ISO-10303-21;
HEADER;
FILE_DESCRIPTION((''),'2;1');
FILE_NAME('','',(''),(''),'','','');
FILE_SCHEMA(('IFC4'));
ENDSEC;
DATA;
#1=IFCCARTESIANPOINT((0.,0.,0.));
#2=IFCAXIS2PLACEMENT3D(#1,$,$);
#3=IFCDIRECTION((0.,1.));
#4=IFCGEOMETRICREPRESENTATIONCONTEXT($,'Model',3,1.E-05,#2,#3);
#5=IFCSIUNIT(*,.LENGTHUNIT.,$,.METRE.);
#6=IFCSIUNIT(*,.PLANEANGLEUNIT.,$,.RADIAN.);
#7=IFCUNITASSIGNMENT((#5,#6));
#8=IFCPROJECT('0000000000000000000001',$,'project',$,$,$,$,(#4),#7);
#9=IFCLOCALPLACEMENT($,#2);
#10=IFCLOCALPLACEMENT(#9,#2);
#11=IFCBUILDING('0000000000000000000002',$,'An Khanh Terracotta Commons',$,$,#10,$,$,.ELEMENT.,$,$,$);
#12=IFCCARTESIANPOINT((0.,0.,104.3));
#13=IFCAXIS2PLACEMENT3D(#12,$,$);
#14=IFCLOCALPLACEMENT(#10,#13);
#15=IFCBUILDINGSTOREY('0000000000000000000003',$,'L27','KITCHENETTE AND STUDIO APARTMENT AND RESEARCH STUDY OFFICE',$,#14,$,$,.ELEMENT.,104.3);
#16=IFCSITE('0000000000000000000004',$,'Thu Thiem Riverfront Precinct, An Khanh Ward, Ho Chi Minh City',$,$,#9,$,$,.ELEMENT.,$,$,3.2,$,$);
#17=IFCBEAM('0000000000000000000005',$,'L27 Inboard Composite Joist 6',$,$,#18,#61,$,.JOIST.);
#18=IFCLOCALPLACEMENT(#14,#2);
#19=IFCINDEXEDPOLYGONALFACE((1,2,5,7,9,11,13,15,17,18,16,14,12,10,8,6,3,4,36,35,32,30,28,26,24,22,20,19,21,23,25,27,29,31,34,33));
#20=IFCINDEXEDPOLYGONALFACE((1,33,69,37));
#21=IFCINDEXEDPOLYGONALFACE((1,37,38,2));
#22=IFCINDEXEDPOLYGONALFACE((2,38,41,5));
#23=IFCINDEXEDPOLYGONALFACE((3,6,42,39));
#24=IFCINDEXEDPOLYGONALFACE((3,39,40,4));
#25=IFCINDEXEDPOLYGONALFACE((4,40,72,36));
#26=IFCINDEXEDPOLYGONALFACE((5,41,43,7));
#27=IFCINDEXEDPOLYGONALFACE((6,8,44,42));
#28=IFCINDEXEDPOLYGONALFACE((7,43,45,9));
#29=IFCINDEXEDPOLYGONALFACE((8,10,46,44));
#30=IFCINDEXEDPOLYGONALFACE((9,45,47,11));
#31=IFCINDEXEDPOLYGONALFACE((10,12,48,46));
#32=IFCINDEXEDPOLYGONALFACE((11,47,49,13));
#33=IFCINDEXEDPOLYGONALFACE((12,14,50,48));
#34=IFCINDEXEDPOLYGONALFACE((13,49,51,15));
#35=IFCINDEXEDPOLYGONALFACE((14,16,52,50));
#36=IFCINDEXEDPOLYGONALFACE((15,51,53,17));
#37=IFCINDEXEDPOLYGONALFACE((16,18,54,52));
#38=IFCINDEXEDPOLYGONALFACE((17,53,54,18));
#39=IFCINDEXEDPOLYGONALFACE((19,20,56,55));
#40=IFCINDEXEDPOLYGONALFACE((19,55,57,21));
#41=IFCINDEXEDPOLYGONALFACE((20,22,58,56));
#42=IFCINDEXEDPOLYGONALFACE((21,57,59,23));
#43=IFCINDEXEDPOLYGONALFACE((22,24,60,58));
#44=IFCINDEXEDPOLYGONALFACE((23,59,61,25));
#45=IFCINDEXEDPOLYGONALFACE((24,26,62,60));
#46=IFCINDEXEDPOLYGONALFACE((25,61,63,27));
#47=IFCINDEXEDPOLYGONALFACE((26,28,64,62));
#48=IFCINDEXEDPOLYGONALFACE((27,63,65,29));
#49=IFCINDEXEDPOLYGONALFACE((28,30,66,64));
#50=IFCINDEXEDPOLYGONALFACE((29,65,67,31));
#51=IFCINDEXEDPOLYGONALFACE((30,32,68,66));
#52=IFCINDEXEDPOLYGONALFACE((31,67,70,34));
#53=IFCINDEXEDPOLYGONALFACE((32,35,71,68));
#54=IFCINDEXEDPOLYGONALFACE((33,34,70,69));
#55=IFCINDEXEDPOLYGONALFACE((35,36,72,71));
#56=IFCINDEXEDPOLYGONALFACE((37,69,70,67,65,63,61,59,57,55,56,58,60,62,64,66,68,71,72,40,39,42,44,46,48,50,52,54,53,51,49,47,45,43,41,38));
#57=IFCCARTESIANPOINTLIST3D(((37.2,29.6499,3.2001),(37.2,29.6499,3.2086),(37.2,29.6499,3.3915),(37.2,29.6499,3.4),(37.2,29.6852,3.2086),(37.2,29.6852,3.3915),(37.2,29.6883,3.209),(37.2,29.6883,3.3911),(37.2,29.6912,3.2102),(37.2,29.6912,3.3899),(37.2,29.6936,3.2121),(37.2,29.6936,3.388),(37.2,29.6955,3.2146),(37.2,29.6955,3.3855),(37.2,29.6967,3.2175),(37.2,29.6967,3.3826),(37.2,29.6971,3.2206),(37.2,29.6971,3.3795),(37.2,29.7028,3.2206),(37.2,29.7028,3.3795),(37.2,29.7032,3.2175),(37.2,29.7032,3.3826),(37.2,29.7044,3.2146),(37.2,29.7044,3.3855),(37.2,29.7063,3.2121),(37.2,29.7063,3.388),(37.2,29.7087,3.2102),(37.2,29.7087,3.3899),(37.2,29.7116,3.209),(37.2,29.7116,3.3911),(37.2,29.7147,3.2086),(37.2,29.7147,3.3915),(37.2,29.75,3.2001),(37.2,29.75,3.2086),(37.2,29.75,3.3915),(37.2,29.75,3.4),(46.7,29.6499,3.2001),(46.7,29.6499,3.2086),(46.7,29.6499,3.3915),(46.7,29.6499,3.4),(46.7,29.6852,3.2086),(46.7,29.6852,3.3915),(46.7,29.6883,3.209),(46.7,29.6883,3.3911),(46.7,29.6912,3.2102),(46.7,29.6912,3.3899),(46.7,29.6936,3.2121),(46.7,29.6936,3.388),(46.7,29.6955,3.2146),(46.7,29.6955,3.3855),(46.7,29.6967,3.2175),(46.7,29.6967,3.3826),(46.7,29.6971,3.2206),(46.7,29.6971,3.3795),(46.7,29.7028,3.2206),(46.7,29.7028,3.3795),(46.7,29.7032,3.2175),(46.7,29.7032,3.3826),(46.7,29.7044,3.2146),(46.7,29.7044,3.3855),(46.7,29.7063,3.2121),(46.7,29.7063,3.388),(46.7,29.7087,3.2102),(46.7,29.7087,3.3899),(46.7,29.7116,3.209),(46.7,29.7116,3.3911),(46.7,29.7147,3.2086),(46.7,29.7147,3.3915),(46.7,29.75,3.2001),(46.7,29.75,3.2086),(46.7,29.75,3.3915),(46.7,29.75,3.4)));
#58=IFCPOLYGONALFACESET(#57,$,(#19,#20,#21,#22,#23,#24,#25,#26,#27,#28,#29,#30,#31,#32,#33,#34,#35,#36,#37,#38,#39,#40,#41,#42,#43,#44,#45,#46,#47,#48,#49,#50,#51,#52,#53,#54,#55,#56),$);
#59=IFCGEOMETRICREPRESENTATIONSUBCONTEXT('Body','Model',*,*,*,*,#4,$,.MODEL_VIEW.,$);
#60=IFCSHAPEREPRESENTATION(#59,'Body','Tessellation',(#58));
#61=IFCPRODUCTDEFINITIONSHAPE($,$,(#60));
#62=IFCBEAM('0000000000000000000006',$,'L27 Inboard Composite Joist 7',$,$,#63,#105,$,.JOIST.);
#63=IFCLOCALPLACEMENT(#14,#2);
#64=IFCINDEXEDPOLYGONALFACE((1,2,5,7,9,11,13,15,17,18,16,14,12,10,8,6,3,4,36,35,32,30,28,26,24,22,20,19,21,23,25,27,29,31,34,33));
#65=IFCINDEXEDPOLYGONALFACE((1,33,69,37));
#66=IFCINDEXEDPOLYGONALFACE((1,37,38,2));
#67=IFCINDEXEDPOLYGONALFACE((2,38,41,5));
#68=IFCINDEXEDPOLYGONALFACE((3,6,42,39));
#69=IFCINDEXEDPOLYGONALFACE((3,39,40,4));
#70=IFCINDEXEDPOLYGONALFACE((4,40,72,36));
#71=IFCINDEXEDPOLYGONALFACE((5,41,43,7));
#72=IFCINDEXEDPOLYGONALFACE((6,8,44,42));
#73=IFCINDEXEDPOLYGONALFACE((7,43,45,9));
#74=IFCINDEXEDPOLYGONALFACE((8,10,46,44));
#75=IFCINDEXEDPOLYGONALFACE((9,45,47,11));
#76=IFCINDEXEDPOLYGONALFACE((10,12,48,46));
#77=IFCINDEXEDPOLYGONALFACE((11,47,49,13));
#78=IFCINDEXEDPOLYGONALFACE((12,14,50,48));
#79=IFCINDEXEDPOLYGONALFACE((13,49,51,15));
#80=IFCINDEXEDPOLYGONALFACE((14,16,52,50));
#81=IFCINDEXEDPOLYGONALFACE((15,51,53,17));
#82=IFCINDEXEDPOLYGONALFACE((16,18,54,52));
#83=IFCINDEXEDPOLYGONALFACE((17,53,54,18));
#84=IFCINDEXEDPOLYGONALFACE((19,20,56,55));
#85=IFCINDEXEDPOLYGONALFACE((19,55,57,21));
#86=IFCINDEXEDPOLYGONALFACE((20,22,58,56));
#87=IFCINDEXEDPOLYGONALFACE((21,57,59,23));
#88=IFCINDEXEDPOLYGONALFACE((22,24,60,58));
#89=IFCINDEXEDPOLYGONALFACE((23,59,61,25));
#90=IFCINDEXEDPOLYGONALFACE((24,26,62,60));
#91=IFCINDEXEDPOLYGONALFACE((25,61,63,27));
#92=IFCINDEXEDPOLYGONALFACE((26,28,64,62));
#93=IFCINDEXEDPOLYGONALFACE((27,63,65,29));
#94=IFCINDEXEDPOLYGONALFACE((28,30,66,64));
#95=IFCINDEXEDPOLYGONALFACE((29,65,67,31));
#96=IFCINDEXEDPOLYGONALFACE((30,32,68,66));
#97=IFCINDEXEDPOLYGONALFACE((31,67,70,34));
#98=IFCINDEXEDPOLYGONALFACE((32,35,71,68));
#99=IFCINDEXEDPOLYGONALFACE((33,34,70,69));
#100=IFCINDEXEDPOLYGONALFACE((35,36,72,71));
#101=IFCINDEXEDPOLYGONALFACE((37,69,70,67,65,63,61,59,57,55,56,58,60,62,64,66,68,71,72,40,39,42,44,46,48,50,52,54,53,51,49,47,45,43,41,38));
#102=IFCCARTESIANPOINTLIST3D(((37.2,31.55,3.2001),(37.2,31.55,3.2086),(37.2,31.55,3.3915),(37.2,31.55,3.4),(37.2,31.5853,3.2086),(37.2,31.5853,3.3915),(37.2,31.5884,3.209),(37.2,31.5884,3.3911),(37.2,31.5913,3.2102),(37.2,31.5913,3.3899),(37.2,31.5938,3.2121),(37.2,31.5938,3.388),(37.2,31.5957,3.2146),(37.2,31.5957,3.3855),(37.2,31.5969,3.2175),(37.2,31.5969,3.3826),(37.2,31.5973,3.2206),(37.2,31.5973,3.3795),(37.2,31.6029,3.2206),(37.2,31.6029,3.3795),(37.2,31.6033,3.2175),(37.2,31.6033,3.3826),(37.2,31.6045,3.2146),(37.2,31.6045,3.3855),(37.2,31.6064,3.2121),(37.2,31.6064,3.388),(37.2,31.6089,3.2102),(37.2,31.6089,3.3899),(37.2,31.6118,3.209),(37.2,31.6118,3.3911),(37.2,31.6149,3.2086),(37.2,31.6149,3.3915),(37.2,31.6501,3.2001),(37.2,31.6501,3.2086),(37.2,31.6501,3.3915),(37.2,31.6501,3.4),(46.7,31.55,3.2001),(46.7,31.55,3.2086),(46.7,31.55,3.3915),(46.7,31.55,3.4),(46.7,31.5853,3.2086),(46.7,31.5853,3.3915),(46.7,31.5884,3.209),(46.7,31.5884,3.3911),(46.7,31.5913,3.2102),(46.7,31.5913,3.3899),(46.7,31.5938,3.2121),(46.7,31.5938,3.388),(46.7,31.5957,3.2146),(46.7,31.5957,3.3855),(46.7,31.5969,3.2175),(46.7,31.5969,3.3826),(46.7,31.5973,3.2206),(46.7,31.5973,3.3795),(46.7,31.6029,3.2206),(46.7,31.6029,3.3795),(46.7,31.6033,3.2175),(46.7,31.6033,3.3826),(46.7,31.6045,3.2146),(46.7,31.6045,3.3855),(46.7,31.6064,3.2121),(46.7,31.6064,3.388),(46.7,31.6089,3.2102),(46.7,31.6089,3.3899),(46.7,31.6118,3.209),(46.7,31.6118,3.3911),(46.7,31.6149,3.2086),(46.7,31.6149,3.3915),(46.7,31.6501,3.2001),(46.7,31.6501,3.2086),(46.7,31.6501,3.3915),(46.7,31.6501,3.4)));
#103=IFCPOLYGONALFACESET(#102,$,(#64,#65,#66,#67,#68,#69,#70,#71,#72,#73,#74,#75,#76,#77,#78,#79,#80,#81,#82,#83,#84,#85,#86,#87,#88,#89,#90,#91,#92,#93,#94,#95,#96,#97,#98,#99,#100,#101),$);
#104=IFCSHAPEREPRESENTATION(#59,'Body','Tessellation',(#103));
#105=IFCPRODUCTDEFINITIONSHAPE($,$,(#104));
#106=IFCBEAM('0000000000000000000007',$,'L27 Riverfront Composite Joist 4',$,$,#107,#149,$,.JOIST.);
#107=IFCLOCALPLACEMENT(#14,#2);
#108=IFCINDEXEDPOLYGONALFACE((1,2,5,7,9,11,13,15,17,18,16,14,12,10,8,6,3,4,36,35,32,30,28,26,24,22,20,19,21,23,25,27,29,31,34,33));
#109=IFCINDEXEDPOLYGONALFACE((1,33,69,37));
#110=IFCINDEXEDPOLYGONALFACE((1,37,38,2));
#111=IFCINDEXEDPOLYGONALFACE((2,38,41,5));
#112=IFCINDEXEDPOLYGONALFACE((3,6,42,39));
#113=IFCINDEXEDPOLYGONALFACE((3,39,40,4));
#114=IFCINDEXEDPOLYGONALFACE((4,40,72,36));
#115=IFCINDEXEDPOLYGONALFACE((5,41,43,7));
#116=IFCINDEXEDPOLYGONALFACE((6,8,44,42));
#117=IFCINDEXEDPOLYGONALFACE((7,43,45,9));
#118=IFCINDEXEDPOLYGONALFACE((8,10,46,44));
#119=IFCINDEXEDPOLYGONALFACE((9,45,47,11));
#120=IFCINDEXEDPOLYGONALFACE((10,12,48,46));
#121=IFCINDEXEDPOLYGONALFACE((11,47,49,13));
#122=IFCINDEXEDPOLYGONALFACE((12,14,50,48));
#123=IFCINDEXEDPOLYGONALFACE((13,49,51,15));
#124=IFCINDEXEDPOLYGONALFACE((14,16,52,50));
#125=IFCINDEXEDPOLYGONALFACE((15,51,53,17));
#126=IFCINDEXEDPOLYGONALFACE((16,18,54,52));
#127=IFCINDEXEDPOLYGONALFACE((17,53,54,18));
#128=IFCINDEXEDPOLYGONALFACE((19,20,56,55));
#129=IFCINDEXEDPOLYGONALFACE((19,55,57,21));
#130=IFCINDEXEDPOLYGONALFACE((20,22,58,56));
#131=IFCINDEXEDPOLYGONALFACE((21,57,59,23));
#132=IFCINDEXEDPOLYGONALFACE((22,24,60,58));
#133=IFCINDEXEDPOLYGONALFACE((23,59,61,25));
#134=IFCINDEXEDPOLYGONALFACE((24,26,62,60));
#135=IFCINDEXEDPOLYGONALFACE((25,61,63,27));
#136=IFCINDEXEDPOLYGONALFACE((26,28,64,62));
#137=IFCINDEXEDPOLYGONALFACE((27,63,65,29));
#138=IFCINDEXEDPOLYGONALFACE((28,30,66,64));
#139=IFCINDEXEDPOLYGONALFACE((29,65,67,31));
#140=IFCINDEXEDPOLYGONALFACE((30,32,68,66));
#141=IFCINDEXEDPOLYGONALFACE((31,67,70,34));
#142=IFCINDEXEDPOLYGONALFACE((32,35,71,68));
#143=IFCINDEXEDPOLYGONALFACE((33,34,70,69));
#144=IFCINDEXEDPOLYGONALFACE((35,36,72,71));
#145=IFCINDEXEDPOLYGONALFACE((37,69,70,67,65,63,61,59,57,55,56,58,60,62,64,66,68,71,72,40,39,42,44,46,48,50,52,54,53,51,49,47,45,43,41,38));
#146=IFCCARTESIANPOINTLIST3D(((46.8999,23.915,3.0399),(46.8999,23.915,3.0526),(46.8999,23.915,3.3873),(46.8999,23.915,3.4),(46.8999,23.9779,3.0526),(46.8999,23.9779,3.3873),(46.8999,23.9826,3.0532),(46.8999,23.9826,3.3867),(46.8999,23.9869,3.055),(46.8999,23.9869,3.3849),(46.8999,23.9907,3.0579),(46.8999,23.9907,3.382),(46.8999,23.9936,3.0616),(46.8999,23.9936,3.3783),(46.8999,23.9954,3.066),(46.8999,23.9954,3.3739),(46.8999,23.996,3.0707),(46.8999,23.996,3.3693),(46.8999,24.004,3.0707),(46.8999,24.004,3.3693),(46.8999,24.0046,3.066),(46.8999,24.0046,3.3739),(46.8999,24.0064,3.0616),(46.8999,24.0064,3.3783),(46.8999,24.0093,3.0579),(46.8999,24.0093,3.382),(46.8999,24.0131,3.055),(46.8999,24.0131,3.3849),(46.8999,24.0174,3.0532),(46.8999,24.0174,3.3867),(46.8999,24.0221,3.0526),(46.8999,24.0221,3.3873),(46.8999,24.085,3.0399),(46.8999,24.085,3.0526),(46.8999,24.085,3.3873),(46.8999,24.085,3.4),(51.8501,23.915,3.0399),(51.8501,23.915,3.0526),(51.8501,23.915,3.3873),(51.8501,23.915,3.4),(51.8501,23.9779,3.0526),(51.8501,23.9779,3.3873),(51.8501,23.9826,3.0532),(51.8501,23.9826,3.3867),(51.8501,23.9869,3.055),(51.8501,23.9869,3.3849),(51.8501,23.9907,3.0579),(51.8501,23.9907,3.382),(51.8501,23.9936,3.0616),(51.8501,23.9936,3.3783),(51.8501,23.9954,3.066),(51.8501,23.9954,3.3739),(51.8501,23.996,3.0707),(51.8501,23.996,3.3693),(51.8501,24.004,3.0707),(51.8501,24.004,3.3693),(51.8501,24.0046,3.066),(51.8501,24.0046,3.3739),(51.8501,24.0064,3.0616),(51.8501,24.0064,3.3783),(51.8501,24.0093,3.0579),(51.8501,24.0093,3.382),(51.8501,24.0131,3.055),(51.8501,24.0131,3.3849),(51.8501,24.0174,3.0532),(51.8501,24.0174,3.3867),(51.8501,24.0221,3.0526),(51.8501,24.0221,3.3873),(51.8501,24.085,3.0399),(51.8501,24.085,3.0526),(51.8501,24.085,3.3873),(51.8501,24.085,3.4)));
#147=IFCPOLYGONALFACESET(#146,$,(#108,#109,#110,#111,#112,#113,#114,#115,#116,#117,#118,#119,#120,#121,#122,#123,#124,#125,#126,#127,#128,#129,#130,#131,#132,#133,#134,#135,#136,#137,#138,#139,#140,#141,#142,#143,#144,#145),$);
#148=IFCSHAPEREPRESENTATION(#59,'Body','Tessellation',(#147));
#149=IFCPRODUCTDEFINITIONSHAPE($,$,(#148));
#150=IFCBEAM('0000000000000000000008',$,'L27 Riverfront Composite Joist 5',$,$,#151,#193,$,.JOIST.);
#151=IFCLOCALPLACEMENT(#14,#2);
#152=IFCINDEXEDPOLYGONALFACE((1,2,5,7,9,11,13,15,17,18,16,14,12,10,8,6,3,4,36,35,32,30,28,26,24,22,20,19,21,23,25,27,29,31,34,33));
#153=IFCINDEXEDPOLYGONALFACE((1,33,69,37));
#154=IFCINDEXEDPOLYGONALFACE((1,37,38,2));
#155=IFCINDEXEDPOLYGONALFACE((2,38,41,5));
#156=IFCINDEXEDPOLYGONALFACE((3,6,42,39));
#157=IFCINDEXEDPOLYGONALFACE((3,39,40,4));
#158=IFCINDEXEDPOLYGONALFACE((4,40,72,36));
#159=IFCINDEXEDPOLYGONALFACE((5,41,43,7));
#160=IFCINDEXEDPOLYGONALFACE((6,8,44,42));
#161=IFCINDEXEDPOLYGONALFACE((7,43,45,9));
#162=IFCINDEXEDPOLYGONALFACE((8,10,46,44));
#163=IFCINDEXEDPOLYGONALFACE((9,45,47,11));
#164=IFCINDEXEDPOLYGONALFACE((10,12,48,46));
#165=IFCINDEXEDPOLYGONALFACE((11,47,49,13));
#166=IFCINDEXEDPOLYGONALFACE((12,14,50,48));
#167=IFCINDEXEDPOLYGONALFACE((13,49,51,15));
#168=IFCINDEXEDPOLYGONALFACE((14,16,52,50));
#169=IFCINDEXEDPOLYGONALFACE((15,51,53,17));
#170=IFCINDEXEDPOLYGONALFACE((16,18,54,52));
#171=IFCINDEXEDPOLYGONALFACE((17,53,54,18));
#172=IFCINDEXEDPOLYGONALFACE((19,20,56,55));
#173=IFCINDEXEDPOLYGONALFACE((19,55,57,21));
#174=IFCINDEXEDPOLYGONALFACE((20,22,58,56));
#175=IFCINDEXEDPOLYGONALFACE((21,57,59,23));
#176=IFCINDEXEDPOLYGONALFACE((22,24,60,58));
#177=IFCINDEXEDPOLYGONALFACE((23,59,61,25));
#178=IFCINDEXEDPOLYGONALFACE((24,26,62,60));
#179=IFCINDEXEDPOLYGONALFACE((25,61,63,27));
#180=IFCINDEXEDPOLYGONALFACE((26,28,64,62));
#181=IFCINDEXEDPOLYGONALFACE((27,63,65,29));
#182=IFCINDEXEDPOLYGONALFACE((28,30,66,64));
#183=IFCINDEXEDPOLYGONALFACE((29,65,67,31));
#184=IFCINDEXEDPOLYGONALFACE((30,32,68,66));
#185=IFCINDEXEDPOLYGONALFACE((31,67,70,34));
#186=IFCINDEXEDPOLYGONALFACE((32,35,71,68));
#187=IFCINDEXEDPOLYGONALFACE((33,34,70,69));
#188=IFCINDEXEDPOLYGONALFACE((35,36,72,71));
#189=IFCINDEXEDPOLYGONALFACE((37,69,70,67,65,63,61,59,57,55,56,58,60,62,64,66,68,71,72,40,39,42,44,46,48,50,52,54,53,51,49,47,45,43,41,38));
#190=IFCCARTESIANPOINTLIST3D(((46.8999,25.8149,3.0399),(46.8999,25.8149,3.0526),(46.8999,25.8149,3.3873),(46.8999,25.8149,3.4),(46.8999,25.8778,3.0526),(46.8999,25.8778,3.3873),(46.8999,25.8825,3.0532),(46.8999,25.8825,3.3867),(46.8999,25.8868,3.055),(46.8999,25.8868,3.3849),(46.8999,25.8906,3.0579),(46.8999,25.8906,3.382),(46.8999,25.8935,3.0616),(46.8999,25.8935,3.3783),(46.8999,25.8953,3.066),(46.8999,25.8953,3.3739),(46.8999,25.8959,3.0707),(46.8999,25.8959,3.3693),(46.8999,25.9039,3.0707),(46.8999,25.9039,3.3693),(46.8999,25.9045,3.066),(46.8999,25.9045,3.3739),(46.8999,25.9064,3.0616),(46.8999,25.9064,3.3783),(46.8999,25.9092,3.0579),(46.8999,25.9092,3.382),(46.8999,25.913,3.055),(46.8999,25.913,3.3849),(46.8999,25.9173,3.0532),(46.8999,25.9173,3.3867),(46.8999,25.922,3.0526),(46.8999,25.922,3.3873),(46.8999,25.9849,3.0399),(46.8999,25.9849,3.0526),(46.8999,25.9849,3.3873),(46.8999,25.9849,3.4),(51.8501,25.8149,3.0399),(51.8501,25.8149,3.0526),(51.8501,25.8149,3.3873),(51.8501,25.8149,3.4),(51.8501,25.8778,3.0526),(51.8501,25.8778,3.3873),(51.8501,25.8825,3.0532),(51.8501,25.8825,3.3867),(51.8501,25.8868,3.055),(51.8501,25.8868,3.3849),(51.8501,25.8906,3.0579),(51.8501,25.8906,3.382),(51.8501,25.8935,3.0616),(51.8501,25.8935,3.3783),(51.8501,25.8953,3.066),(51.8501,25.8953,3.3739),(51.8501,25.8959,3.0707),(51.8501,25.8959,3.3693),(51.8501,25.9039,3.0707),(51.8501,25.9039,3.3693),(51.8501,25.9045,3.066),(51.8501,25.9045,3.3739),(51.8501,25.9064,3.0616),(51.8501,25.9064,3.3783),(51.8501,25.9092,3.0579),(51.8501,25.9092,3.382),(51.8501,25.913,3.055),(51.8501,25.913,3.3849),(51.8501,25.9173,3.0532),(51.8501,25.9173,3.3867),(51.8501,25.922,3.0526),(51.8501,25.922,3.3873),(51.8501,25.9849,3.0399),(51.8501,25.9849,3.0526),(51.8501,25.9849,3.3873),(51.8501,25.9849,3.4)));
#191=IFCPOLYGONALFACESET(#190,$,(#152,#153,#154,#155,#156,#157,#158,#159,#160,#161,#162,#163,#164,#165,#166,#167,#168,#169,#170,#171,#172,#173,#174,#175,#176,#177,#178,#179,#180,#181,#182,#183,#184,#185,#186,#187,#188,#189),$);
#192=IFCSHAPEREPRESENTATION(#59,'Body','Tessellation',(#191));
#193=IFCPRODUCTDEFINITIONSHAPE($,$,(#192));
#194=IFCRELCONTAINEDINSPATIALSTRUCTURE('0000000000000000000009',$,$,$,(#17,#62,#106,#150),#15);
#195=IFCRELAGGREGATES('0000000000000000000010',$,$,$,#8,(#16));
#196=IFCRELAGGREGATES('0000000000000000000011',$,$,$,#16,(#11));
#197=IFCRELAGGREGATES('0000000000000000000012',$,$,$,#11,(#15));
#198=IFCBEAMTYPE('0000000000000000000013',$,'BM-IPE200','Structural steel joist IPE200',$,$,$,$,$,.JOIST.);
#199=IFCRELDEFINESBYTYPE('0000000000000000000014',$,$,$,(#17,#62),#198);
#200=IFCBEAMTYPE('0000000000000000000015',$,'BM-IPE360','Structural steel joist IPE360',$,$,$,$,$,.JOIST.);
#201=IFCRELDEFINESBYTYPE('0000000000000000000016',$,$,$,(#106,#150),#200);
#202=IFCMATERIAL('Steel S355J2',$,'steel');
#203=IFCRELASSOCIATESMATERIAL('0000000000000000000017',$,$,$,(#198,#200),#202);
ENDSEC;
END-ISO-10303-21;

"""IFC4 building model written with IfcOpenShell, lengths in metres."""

from ifc_helpers import new_model, si_unit, direction, frame, origin, origin_2d, place, context, subcontext, project, spatial, i_section, extrude, material, material_profile, profile_set, type_object, element, save


model = new_model("IFC4")

# Units and contexts
model_context = context("Model", 3, precision=1e-05, world=origin(), true_north=direction((0.0, 1.0)))
body_context = subcontext(model_context, "Body", "Model", "MODEL_VIEW")
ifc_project = project(units=[si_unit("LENGTHUNIT", "METRE"), si_unit("PLANEANGLEUNIT", "RADIAN")], contexts=[model_context])

# Site, building, storey
site_placement = place(None, origin())
site = spatial("IfcSite", under=ifc_project, at=site_placement, Name="Thu Thiem Riverfront Precinct, An Khanh Ward, Ho Chi Minh City", CompositionType="ELEMENT", RefElevation=3.2)
building_placement = place(site_placement, origin())
building = spatial("IfcBuilding", under=site, at=building_placement, Name="An Khanh Terracotta Commons", CompositionType="ELEMENT")
storey_placement = place(building_placement, frame((0.0, 0.0, 104.3)))
storey = spatial("IfcBuildingStorey", under=building, at=storey_placement, Name="L27", Description="KITCHENETTE AND STUDIO APARTMENT AND RESEARCH STUDY OFFICE", CompositionType="ELEMENT", Elevation=104.3)

# Beams
ifc_material_1 = material(Name="Steel S355J2", Category="steel")
ifc_material_profile_1 = material_profile(ifc_material_1, i_section(OverallWidth=0.1001, OverallDepth=0.2, WebThickness=0.0056, FlangeThickness=0.0085, FilletRadius=0.012, at=origin_2d()), Name="IPE200")
ifc_profile_set_1 = profile_set([ifc_material_profile_1], Name="Steel S355J2")
beam_type_1 = type_object("IfcBeamType", Name="BM-IPE200", Description="Structural steel joist IPE200", PredefinedType="JOIST", material=ifc_profile_set_1)
for number, where, z_axis, x_axis, name in (
    (1, (37.2, 29.7, 3.3), (1.0, 0.0, 0.0), (0.0, 1.0, 0.0), "L27 Inboard Composite Joist 6"),
    (2, (37.2, 31.6001, 3.3), (1.0, 0.0, 0.0), (0.0, 1.0, 0.0), "L27 Inboard Composite Joist 7"),
):
    element("IfcBeam", number, at=place(storey_placement, frame(where, z_axis=z_axis, x_axis=x_axis)), inside=storey, type_object=beam_type_1, Name=name, PredefinedType="JOIST", context=body_context, shape_type="SweptSolid", body=[
        extrude(i_section(OverallWidth=0.1001, OverallDepth=0.2, WebThickness=0.0056, FlangeThickness=0.0085, FilletRadius=0.012, at=origin_2d()), origin(), (0.0, 0.0, 1.0), 9.5),
    ])
ifc_material_profile_2 = material_profile(ifc_material_1, i_section(OverallWidth=0.1699, OverallDepth=0.3601, WebThickness=0.0081, FlangeThickness=0.0127, FilletRadius=0.0181, at=origin_2d()), Name="IPE360")
ifc_profile_set_2 = profile_set([ifc_material_profile_2], Name="Steel S355J2")
beam_type_2 = type_object("IfcBeamType", Name="BM-IPE360", Description="Structural steel joist IPE360", PredefinedType="JOIST", material=ifc_profile_set_2)
for number, where, z_axis, x_axis, name in (
    (3, (46.8999, 24.0, 3.22), (1.0, 0.0, 0.0), (0.0, 1.0, 0.0), "L27 Riverfront Composite Joist 4"),
    (4, (46.8999, 25.8999, 3.22), (1.0, 0.0, 0.0), (0.0, 1.0, 0.0), "L27 Riverfront Composite Joist 5"),
):
    element("IfcBeam", number, at=place(storey_placement, frame(where, z_axis=z_axis, x_axis=x_axis)), inside=storey, type_object=beam_type_2, Name=name, PredefinedType="JOIST", context=body_context, shape_type="SweptSolid", body=[
        extrude(i_section(OverallWidth=0.1699, OverallDepth=0.3601, WebThickness=0.0081, FlangeThickness=0.0127, FilletRadius=0.0181, at=origin_2d()), origin(), (0.0, 0.0, 1.0), 4.9502),
    ])

save(model, "model.ifc")
